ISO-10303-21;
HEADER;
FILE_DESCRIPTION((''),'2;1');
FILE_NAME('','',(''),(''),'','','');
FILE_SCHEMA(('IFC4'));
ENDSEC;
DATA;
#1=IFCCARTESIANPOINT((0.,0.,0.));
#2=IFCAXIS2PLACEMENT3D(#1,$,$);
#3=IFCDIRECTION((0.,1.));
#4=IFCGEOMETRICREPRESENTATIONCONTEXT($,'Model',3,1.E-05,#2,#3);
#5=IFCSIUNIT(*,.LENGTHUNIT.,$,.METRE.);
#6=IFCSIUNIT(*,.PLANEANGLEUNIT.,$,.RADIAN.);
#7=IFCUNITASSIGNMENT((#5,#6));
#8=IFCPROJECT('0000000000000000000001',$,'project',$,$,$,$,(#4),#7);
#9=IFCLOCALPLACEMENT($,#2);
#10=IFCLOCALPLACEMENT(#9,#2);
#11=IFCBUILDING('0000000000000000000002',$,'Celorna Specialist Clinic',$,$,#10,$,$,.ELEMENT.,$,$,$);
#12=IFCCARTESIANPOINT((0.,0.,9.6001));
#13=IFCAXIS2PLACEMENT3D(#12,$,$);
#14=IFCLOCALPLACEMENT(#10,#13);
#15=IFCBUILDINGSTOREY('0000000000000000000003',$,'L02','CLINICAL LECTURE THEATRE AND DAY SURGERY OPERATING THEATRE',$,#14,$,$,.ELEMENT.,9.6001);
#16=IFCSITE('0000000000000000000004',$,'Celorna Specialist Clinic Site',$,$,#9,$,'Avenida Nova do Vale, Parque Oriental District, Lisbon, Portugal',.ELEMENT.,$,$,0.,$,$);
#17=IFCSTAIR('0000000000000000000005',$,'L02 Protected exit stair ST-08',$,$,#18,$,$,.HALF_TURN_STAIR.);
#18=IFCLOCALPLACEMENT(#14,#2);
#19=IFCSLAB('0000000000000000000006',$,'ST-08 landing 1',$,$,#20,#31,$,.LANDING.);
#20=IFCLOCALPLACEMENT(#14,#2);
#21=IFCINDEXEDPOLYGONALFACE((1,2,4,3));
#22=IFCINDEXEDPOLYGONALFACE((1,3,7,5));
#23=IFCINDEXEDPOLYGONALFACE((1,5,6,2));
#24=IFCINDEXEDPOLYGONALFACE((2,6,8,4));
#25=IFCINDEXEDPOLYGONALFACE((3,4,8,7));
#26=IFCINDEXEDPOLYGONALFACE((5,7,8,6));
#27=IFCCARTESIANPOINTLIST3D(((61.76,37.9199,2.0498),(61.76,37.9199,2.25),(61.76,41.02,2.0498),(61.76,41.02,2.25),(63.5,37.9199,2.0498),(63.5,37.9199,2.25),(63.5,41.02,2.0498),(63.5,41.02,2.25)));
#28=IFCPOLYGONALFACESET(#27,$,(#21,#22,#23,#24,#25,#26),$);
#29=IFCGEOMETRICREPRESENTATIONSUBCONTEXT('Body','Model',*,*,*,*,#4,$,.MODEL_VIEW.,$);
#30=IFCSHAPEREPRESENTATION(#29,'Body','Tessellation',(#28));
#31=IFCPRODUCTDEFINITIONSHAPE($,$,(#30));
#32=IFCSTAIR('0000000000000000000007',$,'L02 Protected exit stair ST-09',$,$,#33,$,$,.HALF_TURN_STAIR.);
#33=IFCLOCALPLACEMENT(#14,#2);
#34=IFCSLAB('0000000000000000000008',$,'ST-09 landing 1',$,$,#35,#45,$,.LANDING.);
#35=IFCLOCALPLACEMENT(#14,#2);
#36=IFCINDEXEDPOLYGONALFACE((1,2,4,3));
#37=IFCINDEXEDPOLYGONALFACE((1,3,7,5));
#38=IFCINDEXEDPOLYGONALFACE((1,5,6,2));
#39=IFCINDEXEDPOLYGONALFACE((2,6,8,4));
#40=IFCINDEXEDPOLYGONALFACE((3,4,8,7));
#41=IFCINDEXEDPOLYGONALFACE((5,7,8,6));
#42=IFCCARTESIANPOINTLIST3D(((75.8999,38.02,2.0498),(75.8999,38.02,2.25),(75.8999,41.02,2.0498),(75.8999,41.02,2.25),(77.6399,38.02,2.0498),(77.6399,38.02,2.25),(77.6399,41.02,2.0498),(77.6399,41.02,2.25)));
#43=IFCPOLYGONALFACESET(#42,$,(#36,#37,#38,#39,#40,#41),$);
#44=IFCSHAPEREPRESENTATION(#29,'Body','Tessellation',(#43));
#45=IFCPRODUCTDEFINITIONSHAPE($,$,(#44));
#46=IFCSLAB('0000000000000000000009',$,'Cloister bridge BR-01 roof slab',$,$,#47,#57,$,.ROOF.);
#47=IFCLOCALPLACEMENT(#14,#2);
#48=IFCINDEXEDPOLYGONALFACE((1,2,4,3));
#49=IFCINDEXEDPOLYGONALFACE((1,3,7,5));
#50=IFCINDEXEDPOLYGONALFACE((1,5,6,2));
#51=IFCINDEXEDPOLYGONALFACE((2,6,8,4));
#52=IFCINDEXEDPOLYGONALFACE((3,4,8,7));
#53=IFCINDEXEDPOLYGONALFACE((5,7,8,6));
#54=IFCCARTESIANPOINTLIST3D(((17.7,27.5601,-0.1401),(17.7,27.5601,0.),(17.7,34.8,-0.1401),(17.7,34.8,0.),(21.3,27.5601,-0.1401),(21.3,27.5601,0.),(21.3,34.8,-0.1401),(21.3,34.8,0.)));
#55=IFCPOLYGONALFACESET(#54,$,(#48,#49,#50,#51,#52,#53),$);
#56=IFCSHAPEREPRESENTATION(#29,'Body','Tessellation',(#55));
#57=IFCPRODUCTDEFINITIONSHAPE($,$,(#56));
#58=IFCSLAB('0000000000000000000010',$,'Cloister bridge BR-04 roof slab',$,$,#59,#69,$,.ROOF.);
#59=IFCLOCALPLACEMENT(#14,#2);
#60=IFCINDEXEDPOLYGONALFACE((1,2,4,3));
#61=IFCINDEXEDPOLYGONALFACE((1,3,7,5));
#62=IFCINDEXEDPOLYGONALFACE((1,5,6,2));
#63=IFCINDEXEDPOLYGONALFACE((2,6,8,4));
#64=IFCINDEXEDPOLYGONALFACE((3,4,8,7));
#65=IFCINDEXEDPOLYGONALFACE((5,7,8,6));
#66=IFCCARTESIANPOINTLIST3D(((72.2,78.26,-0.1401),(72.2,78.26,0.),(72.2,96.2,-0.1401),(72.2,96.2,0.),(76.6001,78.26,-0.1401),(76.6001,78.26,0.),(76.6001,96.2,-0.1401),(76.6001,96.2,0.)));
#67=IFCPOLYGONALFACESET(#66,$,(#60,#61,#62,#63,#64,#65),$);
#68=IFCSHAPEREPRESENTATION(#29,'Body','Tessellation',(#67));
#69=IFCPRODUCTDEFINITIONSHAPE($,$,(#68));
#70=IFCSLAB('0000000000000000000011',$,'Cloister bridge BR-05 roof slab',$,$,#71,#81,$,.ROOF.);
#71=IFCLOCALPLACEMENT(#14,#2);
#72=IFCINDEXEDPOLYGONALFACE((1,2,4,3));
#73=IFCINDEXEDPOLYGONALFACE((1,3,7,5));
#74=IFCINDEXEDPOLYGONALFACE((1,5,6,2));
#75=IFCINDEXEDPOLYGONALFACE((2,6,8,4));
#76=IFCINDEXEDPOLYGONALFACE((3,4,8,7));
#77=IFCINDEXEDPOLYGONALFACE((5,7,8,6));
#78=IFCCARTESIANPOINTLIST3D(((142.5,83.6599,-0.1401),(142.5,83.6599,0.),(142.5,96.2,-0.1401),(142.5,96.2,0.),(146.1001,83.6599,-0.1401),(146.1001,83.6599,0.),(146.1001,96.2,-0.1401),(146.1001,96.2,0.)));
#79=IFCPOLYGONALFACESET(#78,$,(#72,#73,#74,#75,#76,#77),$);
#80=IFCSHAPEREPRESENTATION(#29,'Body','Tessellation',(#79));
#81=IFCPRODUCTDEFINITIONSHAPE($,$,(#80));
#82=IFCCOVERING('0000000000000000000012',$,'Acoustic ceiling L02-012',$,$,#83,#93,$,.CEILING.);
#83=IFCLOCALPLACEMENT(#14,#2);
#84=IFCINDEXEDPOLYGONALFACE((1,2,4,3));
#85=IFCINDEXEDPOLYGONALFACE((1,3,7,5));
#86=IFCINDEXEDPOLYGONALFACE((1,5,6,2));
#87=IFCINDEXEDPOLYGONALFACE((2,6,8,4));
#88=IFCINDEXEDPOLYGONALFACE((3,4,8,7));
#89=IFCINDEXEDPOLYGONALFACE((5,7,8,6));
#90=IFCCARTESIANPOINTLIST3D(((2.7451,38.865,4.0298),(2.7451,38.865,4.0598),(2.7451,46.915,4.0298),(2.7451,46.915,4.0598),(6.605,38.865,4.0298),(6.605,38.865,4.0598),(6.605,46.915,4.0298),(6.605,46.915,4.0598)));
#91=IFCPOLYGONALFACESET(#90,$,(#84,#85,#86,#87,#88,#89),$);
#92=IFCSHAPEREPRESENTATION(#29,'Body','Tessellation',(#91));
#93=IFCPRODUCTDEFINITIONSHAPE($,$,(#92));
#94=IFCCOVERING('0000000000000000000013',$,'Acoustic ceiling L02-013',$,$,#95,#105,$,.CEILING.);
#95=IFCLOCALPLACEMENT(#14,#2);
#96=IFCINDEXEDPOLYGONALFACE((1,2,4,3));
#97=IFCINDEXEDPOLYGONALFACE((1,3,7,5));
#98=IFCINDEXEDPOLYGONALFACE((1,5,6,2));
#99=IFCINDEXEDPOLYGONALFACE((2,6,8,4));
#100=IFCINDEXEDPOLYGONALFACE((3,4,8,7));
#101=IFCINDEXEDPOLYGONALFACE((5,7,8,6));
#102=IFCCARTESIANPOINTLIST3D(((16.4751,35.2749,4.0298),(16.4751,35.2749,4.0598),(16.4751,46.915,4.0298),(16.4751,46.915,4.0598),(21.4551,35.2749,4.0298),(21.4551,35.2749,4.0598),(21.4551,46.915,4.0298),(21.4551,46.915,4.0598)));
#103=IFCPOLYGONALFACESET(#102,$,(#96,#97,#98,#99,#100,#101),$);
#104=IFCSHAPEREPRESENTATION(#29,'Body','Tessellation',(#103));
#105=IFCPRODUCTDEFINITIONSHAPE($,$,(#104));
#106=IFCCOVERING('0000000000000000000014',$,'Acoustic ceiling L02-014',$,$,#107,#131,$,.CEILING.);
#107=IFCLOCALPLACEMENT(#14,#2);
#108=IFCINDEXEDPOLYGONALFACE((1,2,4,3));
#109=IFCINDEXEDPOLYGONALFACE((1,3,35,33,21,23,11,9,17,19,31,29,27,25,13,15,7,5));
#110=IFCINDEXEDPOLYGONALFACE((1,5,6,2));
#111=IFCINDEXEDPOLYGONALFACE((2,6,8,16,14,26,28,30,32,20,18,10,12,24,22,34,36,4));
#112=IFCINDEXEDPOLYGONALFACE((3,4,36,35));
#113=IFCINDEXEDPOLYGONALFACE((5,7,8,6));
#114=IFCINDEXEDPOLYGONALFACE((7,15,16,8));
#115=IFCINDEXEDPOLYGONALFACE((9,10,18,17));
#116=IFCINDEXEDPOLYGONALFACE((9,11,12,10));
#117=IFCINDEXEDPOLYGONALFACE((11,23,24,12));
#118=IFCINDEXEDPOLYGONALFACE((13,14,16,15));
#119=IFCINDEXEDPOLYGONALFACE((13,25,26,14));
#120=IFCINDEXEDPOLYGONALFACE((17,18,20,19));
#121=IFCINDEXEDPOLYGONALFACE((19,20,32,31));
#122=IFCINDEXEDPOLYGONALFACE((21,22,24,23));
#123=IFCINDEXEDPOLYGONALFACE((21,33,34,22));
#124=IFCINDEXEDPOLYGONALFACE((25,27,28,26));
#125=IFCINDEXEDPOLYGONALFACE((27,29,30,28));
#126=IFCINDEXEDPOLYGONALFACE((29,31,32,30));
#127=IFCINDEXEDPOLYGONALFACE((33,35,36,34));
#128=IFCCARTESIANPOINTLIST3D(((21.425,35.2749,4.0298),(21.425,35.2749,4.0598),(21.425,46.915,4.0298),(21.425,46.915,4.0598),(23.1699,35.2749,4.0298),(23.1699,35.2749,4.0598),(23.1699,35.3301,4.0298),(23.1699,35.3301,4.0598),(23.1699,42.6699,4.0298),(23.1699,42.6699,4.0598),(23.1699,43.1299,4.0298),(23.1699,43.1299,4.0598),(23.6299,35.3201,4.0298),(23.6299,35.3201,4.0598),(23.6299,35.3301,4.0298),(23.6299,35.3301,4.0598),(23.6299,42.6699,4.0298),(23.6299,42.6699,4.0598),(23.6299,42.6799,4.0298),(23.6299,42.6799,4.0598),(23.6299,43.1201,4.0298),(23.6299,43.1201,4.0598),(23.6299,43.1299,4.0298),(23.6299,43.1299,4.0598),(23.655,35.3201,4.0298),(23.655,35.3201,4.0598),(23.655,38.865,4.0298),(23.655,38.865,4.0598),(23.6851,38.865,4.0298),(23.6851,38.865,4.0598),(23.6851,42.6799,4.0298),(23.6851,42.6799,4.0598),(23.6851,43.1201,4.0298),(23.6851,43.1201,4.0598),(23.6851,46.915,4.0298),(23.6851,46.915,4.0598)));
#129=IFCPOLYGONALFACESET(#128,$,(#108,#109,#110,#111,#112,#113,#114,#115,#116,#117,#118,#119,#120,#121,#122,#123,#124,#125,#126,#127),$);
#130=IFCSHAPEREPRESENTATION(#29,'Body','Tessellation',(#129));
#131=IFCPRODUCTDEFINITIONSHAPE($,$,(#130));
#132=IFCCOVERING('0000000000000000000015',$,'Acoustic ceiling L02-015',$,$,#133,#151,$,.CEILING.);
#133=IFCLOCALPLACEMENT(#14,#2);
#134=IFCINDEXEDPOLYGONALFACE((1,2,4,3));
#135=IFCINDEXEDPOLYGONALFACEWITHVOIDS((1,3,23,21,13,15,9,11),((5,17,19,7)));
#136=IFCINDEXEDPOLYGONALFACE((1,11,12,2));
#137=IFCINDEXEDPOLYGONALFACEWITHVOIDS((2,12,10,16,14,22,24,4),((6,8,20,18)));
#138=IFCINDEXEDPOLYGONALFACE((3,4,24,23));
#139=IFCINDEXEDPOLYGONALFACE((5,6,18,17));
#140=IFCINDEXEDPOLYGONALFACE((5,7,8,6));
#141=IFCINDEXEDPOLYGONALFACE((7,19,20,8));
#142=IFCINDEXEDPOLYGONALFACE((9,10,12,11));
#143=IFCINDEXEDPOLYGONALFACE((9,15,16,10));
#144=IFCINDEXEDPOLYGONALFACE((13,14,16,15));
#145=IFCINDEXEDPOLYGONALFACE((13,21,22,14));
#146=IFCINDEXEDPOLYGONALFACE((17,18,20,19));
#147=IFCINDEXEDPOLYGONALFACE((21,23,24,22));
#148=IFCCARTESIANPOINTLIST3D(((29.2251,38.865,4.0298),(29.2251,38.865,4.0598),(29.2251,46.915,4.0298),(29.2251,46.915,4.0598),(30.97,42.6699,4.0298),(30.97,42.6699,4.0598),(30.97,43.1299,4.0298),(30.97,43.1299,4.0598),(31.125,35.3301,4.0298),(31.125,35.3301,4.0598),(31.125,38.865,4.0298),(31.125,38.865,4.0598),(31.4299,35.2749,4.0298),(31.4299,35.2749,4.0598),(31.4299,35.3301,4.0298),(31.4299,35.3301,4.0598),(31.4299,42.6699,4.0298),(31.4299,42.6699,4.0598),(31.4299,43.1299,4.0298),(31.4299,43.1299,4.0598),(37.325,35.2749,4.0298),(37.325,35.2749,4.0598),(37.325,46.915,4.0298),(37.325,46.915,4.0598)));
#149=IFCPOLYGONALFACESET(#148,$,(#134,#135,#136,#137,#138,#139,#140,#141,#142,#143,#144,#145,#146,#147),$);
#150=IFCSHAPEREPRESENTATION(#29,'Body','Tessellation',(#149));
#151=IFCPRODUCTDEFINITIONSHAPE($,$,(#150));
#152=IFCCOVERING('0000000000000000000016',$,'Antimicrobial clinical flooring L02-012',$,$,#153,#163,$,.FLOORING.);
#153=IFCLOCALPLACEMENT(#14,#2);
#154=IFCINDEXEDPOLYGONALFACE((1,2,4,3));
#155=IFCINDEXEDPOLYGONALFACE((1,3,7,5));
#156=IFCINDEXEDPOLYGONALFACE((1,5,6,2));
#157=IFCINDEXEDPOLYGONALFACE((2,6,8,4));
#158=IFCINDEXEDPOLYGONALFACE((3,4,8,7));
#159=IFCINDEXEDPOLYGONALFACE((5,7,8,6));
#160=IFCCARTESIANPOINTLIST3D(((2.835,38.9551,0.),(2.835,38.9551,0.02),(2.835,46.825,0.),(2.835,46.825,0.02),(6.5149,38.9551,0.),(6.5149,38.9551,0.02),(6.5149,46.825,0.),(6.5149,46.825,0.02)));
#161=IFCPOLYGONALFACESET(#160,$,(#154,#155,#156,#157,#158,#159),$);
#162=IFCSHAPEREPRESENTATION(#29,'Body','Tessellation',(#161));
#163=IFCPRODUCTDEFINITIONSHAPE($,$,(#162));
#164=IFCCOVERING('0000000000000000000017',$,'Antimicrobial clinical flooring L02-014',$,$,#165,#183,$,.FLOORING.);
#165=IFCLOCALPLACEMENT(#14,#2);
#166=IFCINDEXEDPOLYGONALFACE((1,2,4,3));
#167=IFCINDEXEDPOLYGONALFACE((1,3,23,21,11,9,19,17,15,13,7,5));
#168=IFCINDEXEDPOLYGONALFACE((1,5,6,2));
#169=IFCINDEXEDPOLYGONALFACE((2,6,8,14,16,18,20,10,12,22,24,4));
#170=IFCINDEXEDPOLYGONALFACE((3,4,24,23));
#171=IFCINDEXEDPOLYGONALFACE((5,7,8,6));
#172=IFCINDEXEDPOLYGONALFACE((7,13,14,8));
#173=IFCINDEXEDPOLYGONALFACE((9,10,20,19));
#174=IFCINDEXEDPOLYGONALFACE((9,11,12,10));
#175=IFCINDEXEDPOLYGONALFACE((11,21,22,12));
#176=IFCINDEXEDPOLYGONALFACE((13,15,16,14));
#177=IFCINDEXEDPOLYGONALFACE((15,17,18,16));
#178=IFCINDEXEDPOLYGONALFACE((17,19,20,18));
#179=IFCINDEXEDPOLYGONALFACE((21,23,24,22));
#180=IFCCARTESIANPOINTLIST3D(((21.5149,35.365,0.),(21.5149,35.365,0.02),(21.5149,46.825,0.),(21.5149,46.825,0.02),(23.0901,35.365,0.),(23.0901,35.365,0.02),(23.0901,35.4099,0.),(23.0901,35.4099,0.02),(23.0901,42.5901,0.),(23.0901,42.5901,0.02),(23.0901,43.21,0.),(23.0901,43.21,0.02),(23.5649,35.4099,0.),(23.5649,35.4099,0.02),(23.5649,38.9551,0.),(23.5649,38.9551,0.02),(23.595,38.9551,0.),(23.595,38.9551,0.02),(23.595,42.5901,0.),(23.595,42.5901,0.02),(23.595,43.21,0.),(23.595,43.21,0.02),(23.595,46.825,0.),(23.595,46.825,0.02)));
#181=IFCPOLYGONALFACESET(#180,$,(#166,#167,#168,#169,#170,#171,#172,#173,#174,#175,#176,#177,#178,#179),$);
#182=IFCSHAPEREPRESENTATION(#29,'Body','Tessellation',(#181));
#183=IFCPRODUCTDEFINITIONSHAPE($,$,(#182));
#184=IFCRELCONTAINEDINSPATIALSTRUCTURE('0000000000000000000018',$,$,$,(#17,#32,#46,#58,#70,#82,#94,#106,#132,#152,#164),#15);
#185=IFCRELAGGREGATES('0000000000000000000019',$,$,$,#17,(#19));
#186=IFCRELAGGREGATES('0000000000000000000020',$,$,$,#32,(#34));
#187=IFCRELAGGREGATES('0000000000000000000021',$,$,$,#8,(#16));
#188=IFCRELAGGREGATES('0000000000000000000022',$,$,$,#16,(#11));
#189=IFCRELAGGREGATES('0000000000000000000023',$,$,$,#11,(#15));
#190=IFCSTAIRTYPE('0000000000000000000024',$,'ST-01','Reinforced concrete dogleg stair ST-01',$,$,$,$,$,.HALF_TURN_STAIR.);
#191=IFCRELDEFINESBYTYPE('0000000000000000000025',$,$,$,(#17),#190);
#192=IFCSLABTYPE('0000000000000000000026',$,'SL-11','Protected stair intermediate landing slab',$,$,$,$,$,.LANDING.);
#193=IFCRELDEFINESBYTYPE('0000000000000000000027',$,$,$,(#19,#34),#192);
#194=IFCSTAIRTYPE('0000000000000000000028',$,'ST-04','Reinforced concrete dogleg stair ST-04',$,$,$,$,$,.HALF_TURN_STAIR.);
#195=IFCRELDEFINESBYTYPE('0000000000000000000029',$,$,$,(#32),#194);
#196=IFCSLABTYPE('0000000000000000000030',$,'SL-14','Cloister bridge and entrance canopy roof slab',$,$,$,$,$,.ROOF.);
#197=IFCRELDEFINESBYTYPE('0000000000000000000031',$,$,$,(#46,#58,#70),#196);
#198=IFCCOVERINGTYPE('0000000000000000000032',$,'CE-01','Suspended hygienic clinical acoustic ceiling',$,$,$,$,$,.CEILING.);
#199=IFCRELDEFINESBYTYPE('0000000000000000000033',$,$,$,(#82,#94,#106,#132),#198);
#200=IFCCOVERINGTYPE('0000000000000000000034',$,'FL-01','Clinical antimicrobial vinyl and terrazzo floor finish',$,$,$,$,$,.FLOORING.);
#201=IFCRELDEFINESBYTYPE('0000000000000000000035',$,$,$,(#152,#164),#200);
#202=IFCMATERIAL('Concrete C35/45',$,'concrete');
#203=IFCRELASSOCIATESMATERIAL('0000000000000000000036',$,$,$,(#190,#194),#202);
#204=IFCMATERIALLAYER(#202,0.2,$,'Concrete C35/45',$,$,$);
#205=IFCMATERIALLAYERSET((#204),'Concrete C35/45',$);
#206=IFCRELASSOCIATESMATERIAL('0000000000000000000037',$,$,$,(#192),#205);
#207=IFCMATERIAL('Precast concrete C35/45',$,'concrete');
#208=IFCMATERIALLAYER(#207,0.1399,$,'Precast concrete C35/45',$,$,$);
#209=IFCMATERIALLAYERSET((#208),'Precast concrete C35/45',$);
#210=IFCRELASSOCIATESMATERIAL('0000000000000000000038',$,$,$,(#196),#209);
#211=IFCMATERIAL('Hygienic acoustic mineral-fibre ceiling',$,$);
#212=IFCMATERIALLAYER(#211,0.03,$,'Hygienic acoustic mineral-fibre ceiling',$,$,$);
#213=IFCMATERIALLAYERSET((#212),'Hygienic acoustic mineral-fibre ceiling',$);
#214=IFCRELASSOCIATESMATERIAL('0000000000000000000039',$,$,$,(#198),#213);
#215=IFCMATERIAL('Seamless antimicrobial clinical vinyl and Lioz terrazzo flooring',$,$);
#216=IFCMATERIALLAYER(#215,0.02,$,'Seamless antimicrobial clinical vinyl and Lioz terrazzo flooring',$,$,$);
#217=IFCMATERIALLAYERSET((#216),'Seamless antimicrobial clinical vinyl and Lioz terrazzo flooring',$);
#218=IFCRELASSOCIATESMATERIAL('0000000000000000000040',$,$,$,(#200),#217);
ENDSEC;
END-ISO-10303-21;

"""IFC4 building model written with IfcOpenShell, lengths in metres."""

from ifc_helpers import new_model, si_unit, direction, frame, origin, place, context, subcontext, project, spatial, polyline, outline, extrude, material, layer, layer_set, type_object, element, aggregate, save


model = new_model("IFC4")

# Units and contexts
model_context = context("Model", 3, precision=1e-05, world=origin(), true_north=direction((0.0, 1.0)))
body_context = subcontext(model_context, "Body", "Model", "MODEL_VIEW")
ifc_project = project(units=[si_unit("LENGTHUNIT", "METRE"), si_unit("PLANEANGLEUNIT", "RADIAN")], contexts=[model_context])

# Site, building, storey
site_placement = place(None, origin())
site = spatial("IfcSite", under=ifc_project, at=site_placement, Name="Celorna Specialist Clinic Site", LongName="Avenida Nova do Vale, Parque Oriental District, Lisbon, Portugal", CompositionType="ELEMENT", RefElevation=0.0)
building_placement = place(site_placement, origin())
building = spatial("IfcBuilding", under=site, at=building_placement, Name="Celorna Specialist Clinic", CompositionType="ELEMENT")
storey_placement = place(building_placement, frame((0.0, 0.0, 9.6001)))
storey = spatial("IfcBuildingStorey", under=building, at=storey_placement, Name="L02", Description="CLINICAL LECTURE THEATRE AND DAY SURGERY OPERATING THEATRE", CompositionType="ELEMENT", Elevation=9.6001)

# Shared definitions
ifc_material_1 = material(Name="Concrete C35/45", Category="concrete")

# Stairs, slabs
stair_type_1 = type_object("IfcStairType", Name="ST-01", Description="Reinforced concrete dogleg stair ST-01", PredefinedType="HALF_TURN_STAIR", material=ifc_material_1)
ifc_layer_1 = layer(ifc_material_1, 0.2, Name="Concrete C35/45")
ifc_layer_set_1 = layer_set([ifc_layer_1], Name="Concrete C35/45")
slab_type_1 = type_object("IfcSlabType", Name="SL-11", Description="Protected stair intermediate landing slab", PredefinedType="LANDING", material=ifc_layer_set_1)
stair_type_2 = type_object("IfcStairType", Name="ST-04", Description="Reinforced concrete dogleg stair ST-04", PredefinedType="HALF_TURN_STAIR", material=ifc_material_1)
stair_1_placement = place(storey_placement, origin())
stair_1 = element("IfcStair", 1, at=stair_1_placement, inside=storey, type_object=stair_type_1, Name="L02 Protected exit stair ST-08", PredefinedType="HALF_TURN_STAIR")
slab_1_placement = place(storey_placement, frame((0.0, 0.0, 2.0498)))
slab_1 = element("IfcSlab", 2, at=slab_1_placement, type_object=slab_type_1, Name="ST-08 landing 1", PredefinedType="LANDING", context=body_context, shape_type="SweptSolid", body=[
    extrude(outline(polyline([(61.76, 37.9199), (63.5, 37.9199), (63.5, 41.02), (61.76, 41.02), (61.76, 37.9199)])), origin(), (0.0, 0.0, 1.0), 0.2002),
])
aggregate(stair_1, [slab_1])
stair_2_placement = place(storey_placement, origin())
stair_2 = element("IfcStair", 3, at=stair_2_placement, inside=storey, type_object=stair_type_2, Name="L02 Protected exit stair ST-09", PredefinedType="HALF_TURN_STAIR")
slab_2_placement = place(storey_placement, frame((0.0, 0.0, 2.0498)))
slab_2 = element("IfcSlab", 4, at=slab_2_placement, type_object=slab_type_1, Name="ST-09 landing 1", PredefinedType="LANDING", context=body_context, shape_type="SweptSolid", body=[
    extrude(outline(polyline([(75.8999, 38.02), (77.6399, 38.02), (77.6399, 41.02), (75.8999, 41.02), (75.8999, 38.02)])), origin(), (0.0, 0.0, 1.0), 0.2002),
])
aggregate(stair_2, [slab_2])

# Slabs
ifc_material_2 = material(Name="Precast concrete C35/45", Category="concrete")
ifc_layer_2 = layer(ifc_material_2, 0.1399, Name="Precast concrete C35/45")
ifc_layer_set_2 = layer_set([ifc_layer_2], Name="Precast concrete C35/45")
slab_type_2 = type_object("IfcSlabType", Name="SL-14", Description="Cloister bridge and entrance canopy roof slab", PredefinedType="ROOF", material=ifc_layer_set_2)
slab_3_placement = place(storey_placement, frame((0.0, 0.0, -0.1401)))
element("IfcSlab", 5, at=slab_3_placement, inside=storey, type_object=slab_type_2, Name="Cloister bridge BR-01 roof slab", PredefinedType="ROOF", context=body_context, shape_type="SweptSolid", body=[
    extrude(outline(polyline([(17.7, 27.5601), (21.3, 27.5601), (21.3, 34.8), (17.7, 34.8), (17.7, 27.5601)])), origin(), (0.0, 0.0, 1.0), 0.1401),
])
slab_4_placement = place(storey_placement, frame((0.0, 0.0, -0.1401)))
element("IfcSlab", 6, at=slab_4_placement, inside=storey, type_object=slab_type_2, Name="Cloister bridge BR-04 roof slab", PredefinedType="ROOF", context=body_context, shape_type="SweptSolid", body=[
    extrude(outline(polyline([(72.2, 78.26), (76.6001, 78.26), (76.6001, 96.2), (72.2, 96.2), (72.2, 78.26)])), origin(), (0.0, 0.0, 1.0), 0.1401),
])
slab_5_placement = place(storey_placement, frame((0.0, 0.0, -0.1401)))
element("IfcSlab", 7, at=slab_5_placement, inside=storey, type_object=slab_type_2, Name="Cloister bridge BR-05 roof slab", PredefinedType="ROOF", context=body_context, shape_type="SweptSolid", body=[
    extrude(outline(polyline([(142.5, 83.6599), (146.1001, 83.6599), (146.1001, 96.2), (142.5, 96.2), (142.5, 83.6599)])), origin(), (0.0, 0.0, 1.0), 0.1401),
])

# Coverings
ifc_material_3 = material(Name="Hygienic acoustic mineral-fibre ceiling")
ifc_layer_3 = layer(ifc_material_3, 0.03, Name="Hygienic acoustic mineral-fibre ceiling")
ifc_layer_set_3 = layer_set([ifc_layer_3], Name="Hygienic acoustic mineral-fibre ceiling")
covering_type_1 = type_object("IfcCoveringType", Name="CE-01", Description="Suspended hygienic clinical acoustic ceiling", PredefinedType="CEILING", material=ifc_layer_set_3)
covering_1_placement = place(storey_placement, frame((0.0, 0.0, 4.0298)))
element("IfcCovering", 8, at=covering_1_placement, inside=storey, type_object=covering_type_1, Name="Acoustic ceiling L02-012", PredefinedType="CEILING", context=body_context, shape_type="SweptSolid", body=[
    extrude(outline(polyline([(2.7451, 38.865), (2.7451, 46.915), (6.605, 46.915), (6.605, 38.865), (2.7451, 38.865)])), origin(), (0.0, 0.0, 1.0), 0.03),
])
covering_2_placement = place(storey_placement, frame((0.0, 0.0, 4.0298)))
element("IfcCovering", 9, at=covering_2_placement, inside=storey, type_object=covering_type_1, Name="Acoustic ceiling L02-013", PredefinedType="CEILING", context=body_context, shape_type="SweptSolid", body=[
    extrude(outline(polyline([(21.4551, 46.915), (21.4551, 35.2749), (16.4751, 35.2749), (16.4751, 46.915), (21.4551, 46.915)])), origin(), (0.0, 0.0, 1.0), 0.03),
])
covering_3_placement = place(storey_placement, frame((0.0, 0.0, 4.0298)))
element("IfcCovering", 10, at=covering_3_placement, inside=storey, type_object=covering_type_1, Name="Acoustic ceiling L02-014", PredefinedType="CEILING", context=body_context, shape_type="SweptSolid", body=[
    extrude(outline(polyline([(23.6851, 46.915), (23.6851, 43.1201), (23.6299, 43.1201), (23.6299, 43.1299), (23.1699, 43.1299), (23.1699, 42.6699), (23.6299, 42.6699), (23.6299, 42.6799), (23.6851, 42.6799), (23.6851, 38.865), (23.655, 38.865), (23.655, 35.3201), (23.6299, 35.3201), (23.6299, 35.3301), (23.1699, 35.3301), (23.1699, 35.2749), (21.425, 35.2749), (21.425, 46.915), (23.6851, 46.915)])), origin(), (0.0, 0.0, 1.0), 0.03),
])
covering_4_placement = place(storey_placement, frame((0.0, 0.0, 4.0298)))
element("IfcCovering", 11, at=covering_4_placement, inside=storey, type_object=covering_type_1, Name="Acoustic ceiling L02-015", PredefinedType="CEILING", context=body_context, shape_type="SweptSolid", body=[
    extrude(outline(polyline([(31.125, 38.865), (29.2251, 38.865), (29.2251, 46.915), (37.325, 46.915), (37.325, 35.2749), (31.4299, 35.2749), (31.4299, 35.3301), (31.125, 35.3301), (31.125, 38.865)]), holes=[polyline([(31.4299, 43.1299), (30.97, 43.1299), (30.97, 42.6699), (31.4299, 42.6699), (31.4299, 43.1299)])]), origin(), (0.0, 0.0, 1.0), 0.03),
])
ifc_material_4 = material(Name="Seamless antimicrobial clinical vinyl and Lioz terrazzo flooring")
ifc_layer_4 = layer(ifc_material_4, 0.02, Name="Seamless antimicrobial clinical vinyl and Lioz terrazzo flooring")
ifc_layer_set_4 = layer_set([ifc_layer_4], Name="Seamless antimicrobial clinical vinyl and Lioz terrazzo flooring")
covering_type_2 = type_object("IfcCoveringType", Name="FL-01", Description="Clinical antimicrobial vinyl and terrazzo floor finish", PredefinedType="FLOORING", material=ifc_layer_set_4)
covering_5_placement = place(storey_placement, origin())
element("IfcCovering", 12, at=covering_5_placement, inside=storey, type_object=covering_type_2, Name="Antimicrobial clinical flooring L02-012", PredefinedType="FLOORING", context=body_context, shape_type="SweptSolid", body=[
    extrude(outline(polyline([(6.5149, 38.9551), (2.835, 38.9551), (2.835, 46.825), (6.5149, 46.825), (6.5149, 38.9551)])), origin(), (0.0, 0.0, 1.0), 0.02),
])
covering_6_placement = place(storey_placement, origin())
element("IfcCovering", 13, at=covering_6_placement, inside=storey, type_object=covering_type_2, Name="Antimicrobial clinical flooring L02-014", PredefinedType="FLOORING", context=body_context, shape_type="SweptSolid", body=[
    extrude(outline(polyline([(21.5149, 46.825), (23.595, 46.825), (23.595, 43.21), (23.0901, 43.21), (23.0901, 42.5901), (23.595, 42.5901), (23.595, 38.9551), (23.5649, 38.9551), (23.5649, 35.4099), (23.0901, 35.4099), (23.0901, 35.365), (21.5149, 35.365), (21.5149, 46.825)])), origin(), (0.0, 0.0, 1.0), 0.02),
])

save(model, "model.ifc")
